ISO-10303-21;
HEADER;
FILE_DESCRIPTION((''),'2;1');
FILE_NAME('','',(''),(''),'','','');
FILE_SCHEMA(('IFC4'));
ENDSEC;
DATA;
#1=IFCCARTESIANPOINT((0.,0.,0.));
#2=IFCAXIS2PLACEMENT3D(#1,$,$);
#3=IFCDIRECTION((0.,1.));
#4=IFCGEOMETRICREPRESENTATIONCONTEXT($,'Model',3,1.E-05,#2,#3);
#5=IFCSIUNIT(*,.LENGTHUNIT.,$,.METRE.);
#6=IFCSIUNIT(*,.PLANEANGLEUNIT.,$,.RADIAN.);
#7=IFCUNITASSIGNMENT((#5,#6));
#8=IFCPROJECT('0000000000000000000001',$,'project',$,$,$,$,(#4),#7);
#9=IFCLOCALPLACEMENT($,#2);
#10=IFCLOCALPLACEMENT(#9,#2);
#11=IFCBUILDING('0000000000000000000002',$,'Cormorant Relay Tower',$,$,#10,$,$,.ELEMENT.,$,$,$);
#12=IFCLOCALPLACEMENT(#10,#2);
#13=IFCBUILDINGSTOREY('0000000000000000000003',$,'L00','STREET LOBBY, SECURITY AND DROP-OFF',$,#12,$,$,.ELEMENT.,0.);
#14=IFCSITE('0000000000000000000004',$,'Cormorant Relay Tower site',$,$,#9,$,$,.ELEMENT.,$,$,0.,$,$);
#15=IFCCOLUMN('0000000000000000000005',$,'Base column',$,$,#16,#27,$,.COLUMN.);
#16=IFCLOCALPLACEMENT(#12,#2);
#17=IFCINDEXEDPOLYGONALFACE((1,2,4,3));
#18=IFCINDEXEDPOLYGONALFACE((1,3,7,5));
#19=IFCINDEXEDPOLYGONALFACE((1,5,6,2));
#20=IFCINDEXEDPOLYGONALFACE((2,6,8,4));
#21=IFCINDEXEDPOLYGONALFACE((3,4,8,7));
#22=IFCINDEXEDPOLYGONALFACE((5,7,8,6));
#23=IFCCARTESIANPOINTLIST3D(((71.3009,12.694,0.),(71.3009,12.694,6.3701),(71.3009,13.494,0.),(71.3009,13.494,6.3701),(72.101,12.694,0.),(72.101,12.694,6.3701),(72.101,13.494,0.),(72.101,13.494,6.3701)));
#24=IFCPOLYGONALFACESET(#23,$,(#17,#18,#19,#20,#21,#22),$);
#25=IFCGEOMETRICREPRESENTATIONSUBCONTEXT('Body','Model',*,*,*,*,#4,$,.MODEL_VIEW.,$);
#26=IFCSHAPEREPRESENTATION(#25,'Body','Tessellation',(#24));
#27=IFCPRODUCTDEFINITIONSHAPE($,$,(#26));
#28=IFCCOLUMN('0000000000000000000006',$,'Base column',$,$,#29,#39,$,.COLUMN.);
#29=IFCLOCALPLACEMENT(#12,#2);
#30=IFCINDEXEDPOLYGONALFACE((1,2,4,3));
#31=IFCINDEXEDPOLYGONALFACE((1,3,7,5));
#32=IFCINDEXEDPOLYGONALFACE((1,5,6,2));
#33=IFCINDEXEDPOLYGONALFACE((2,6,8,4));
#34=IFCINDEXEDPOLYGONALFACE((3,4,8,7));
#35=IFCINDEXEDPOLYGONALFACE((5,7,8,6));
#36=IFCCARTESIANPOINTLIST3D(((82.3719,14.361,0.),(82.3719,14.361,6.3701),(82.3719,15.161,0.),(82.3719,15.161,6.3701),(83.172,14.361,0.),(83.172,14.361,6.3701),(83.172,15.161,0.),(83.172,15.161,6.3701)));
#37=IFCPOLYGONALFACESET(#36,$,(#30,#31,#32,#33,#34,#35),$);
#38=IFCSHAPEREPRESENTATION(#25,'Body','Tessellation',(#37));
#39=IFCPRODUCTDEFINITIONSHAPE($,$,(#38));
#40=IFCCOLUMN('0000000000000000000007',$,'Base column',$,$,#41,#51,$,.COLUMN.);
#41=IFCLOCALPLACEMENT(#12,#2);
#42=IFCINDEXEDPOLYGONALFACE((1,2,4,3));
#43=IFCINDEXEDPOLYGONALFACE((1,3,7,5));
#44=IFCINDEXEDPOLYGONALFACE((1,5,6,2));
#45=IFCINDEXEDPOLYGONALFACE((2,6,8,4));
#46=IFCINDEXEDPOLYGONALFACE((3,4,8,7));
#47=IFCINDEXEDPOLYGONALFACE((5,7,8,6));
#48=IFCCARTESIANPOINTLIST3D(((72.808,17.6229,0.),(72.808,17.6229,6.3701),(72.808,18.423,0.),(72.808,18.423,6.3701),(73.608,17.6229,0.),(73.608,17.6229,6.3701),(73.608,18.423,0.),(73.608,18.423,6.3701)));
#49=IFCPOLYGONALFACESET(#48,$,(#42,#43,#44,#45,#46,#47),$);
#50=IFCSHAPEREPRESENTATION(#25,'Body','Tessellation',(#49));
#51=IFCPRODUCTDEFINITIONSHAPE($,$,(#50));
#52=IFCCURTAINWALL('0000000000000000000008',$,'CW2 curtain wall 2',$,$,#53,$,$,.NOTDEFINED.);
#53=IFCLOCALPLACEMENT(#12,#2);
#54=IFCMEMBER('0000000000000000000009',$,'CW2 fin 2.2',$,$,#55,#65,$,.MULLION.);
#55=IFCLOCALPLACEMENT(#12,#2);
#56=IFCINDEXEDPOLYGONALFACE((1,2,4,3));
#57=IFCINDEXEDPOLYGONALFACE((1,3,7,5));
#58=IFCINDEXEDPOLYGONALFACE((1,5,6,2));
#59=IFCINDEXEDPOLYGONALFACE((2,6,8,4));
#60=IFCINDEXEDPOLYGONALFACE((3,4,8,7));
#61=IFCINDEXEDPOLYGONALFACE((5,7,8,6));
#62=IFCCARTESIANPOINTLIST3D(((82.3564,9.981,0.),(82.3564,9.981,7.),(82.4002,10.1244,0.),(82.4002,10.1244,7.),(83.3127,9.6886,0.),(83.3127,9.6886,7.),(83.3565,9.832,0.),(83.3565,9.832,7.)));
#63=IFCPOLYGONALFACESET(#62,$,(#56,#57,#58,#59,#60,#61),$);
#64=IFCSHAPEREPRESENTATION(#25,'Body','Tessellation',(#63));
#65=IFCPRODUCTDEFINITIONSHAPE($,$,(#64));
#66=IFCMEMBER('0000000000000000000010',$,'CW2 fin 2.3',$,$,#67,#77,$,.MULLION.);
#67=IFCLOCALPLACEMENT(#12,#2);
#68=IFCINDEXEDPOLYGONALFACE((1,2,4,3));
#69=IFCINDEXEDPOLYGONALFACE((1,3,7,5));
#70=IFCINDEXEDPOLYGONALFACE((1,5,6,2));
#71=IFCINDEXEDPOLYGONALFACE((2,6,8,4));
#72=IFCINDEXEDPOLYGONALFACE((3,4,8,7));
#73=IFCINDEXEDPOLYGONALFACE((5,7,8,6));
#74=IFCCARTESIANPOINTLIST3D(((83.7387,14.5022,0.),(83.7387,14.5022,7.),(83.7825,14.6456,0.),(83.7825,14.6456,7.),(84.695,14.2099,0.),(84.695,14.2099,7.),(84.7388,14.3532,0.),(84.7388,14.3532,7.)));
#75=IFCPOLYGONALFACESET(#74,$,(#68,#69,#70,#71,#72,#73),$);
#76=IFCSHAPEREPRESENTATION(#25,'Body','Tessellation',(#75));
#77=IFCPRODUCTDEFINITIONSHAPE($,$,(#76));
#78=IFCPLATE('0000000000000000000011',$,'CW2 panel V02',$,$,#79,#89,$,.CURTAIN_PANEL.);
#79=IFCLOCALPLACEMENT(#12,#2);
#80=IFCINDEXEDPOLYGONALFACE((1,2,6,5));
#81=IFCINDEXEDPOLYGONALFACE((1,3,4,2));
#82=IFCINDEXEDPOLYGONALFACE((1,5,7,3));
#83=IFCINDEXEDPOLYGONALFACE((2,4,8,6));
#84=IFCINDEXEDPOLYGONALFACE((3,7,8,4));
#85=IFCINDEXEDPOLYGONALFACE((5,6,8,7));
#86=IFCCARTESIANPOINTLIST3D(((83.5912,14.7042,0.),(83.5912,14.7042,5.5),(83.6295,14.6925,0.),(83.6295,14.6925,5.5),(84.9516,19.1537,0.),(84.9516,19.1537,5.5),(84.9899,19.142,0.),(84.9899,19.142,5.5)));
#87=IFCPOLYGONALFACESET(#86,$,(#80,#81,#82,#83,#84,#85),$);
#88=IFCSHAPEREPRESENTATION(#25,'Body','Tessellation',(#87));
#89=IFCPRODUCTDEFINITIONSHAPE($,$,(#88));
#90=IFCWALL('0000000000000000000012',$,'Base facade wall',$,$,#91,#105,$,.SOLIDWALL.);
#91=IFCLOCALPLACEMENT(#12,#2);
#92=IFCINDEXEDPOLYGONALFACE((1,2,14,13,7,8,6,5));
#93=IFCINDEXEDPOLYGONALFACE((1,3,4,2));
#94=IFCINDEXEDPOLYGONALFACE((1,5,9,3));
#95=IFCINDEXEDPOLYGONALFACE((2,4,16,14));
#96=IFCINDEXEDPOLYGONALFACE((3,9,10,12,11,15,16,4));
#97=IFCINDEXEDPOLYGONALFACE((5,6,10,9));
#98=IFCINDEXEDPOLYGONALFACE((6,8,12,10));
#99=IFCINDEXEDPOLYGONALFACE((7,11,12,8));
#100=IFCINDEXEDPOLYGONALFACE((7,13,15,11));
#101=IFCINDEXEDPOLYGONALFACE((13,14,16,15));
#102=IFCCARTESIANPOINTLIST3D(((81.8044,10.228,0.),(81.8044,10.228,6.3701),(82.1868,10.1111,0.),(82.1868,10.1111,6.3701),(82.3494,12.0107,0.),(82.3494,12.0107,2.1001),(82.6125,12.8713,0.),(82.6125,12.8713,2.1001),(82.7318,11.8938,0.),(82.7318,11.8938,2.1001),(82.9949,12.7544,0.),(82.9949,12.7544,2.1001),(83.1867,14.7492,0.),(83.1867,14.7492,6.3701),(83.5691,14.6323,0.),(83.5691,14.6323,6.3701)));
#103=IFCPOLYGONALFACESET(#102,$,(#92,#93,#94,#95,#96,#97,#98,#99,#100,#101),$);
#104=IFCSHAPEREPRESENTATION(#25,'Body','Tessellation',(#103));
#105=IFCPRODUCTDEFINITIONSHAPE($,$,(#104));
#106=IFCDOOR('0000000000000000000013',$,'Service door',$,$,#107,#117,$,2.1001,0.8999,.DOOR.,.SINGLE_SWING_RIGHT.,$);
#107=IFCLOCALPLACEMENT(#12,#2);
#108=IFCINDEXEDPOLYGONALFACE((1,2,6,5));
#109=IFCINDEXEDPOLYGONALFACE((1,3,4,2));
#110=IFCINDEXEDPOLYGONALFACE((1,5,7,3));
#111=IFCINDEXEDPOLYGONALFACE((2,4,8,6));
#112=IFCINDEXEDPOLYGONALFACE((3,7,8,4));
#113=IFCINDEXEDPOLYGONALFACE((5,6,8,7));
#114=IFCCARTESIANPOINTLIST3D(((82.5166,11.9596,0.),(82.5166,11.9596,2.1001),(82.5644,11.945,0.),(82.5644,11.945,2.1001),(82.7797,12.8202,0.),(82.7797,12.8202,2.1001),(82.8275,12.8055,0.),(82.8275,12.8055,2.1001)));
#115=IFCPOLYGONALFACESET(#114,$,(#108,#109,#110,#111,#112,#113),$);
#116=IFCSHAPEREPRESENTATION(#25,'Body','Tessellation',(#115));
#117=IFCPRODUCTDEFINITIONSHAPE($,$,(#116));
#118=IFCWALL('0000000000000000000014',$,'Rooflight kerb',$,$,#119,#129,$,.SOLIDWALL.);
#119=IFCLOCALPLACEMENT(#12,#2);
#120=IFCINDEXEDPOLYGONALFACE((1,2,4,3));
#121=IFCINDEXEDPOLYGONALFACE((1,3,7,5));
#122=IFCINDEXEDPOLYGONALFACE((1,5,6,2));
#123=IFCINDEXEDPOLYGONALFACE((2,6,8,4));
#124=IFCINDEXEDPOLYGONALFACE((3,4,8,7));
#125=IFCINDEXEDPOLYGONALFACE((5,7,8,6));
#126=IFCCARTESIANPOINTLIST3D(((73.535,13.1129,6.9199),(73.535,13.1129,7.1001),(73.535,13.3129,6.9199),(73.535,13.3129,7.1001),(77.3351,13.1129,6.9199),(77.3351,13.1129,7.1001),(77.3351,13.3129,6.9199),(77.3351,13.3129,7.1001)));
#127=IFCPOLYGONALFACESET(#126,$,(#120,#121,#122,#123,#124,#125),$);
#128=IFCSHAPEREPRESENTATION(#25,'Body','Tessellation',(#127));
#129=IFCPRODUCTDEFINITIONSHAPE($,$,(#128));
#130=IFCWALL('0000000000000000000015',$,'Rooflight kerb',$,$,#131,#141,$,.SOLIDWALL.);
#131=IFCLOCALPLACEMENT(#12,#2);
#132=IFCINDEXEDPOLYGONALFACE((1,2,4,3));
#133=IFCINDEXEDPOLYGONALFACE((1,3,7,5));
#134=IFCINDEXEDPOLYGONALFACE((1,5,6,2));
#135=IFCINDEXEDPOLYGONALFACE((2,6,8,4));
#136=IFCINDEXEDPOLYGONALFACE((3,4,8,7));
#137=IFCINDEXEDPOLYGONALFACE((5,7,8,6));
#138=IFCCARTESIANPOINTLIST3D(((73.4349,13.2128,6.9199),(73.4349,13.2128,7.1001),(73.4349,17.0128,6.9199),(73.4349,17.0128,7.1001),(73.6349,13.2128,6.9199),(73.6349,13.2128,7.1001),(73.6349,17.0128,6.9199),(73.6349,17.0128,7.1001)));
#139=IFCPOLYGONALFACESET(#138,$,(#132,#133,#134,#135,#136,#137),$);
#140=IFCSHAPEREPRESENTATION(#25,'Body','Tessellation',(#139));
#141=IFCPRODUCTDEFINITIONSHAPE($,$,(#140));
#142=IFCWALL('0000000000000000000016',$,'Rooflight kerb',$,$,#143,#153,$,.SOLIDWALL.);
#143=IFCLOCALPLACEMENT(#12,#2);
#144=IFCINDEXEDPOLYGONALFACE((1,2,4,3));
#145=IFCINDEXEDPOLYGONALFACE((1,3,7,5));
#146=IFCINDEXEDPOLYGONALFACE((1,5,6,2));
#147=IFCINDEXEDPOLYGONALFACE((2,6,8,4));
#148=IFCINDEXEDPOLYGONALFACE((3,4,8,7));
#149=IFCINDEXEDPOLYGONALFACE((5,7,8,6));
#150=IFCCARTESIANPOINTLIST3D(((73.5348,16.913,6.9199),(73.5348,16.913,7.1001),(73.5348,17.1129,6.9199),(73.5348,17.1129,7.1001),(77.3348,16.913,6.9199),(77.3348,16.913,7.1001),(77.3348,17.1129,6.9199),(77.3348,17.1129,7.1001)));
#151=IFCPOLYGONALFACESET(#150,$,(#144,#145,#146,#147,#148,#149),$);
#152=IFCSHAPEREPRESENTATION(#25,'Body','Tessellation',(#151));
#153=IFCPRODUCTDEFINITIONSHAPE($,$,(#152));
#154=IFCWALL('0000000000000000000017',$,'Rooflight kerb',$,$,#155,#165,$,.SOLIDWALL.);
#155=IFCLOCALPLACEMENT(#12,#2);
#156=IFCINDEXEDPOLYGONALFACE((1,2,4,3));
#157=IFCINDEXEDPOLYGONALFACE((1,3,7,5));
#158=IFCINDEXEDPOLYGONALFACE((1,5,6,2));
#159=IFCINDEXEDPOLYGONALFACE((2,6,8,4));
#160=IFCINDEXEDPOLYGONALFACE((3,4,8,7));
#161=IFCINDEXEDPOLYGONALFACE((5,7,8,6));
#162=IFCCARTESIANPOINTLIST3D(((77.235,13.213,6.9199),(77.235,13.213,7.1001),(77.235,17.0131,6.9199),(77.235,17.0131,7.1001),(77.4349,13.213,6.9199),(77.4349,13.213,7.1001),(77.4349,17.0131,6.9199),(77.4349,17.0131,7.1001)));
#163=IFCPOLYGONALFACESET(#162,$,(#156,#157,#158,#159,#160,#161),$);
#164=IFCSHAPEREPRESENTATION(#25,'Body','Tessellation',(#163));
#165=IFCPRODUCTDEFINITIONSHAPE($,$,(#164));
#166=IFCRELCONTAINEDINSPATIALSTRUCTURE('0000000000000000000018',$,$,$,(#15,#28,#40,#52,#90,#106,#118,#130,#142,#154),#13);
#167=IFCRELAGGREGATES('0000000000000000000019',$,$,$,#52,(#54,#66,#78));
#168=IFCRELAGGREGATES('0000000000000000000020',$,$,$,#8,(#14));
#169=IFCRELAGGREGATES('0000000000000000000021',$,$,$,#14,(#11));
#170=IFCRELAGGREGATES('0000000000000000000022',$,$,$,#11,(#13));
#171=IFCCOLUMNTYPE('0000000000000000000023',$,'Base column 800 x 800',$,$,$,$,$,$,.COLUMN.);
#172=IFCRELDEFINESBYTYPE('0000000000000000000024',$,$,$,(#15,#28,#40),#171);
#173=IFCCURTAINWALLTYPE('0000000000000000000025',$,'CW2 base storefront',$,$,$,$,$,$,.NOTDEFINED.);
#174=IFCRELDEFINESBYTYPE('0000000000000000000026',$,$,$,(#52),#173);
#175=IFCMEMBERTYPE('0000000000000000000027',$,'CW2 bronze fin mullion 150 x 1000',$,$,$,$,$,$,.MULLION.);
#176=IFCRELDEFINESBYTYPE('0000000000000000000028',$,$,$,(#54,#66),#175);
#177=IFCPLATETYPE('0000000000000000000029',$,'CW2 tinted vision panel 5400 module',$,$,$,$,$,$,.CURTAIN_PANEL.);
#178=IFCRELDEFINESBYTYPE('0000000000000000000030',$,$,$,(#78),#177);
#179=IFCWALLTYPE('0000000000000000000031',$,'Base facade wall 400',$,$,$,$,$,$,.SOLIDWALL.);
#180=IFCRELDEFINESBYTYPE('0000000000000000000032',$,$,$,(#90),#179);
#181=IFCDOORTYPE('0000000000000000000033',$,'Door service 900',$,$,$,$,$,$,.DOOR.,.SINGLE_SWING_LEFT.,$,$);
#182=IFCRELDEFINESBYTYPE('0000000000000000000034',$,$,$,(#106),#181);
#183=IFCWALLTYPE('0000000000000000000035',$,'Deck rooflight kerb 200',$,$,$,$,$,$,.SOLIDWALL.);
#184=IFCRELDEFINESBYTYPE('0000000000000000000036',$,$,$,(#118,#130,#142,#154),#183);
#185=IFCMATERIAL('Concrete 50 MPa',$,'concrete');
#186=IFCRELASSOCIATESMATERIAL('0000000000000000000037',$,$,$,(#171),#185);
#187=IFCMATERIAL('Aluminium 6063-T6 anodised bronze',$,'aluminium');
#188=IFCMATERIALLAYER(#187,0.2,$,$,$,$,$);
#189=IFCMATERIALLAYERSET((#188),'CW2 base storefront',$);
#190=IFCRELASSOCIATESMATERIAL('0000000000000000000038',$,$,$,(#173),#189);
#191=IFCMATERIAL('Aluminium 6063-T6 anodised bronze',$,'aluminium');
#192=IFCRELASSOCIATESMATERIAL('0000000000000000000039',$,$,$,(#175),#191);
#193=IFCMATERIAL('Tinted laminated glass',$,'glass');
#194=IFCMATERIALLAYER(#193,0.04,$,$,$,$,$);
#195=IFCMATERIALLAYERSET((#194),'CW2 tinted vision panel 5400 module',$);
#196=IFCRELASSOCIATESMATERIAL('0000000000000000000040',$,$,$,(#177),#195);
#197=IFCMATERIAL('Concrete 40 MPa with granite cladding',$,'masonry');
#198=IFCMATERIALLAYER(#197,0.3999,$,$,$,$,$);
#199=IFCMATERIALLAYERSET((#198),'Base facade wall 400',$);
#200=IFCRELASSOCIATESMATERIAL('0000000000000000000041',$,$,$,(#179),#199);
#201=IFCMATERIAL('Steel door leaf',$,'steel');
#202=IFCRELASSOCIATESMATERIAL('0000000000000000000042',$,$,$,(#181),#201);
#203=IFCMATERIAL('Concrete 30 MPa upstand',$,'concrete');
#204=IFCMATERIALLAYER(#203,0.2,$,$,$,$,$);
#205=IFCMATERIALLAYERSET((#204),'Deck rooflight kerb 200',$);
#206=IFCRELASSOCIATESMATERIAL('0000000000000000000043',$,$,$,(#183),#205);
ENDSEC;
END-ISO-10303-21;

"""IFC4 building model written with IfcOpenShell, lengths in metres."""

from ifc_helpers import new_model, si_unit, direction, frame, frame_2d, origin, origin_2d, place, context, subcontext, project, spatial, rectangle, extrude, material, layer, layer_set, material_profile, profile_set, type_object, element, fill, aggregate, save


model = new_model("IFC4")

# Units and contexts
model_context = context("Model", 3, precision=1e-05, world=origin(), true_north=direction((0.0, 1.0)))
body_context = subcontext(model_context, "Body", "Model", "MODEL_VIEW")
ifc_project = project(units=[si_unit("LENGTHUNIT", "METRE"), si_unit("PLANEANGLEUNIT", "RADIAN")], contexts=[model_context])

# Site, building, storey
site_placement = place(None, origin())
site = spatial("IfcSite", under=ifc_project, at=site_placement, Name="Cormorant Relay Tower site", CompositionType="ELEMENT", RefElevation=0.0)
building_placement = place(site_placement, origin())
building = spatial("IfcBuilding", under=site, at=building_placement, Name="Cormorant Relay Tower", CompositionType="ELEMENT")
storey_placement = place(building_placement, origin())
storey = spatial("IfcBuildingStorey", under=building, at=storey_placement, Name="L00", Description="STREET LOBBY, SECURITY AND DROP-OFF", CompositionType="ELEMENT", Elevation=0.0)

# Columns
ifc_material_1 = material(Name="Concrete 50 MPa", Category="concrete")
ifc_material_profile_1 = material_profile(ifc_material_1, rectangle(XDim=0.8, YDim=0.8, at=origin_2d()), Name="RC 800x800")
ifc_profile_set_1 = profile_set([ifc_material_profile_1], Name="Concrete 50 MPa")
column_type = type_object("IfcColumnType", Name="Base column 800 x 800", PredefinedType="COLUMN", material=ifc_profile_set_1)
for number, where, z_axis, x_axis, name in (
    (1, (71.7009, 13.094, 0.0), (0.0, 0.0, 1.0), (1.0, 0.0, 0.0), "Base column"),
    (2, (82.772, 14.761, 0.0), (0.0, 0.0, 1.0), (1.0, 0.0, 0.0), "Base column"),
    (3, (73.208, 18.0229, 0.0), (0.0, 0.0, 1.0), (1.0, 0.0, 0.0), "Base column"),
):
    element("IfcColumn", number, at=place(storey_placement, frame(where, z_axis=z_axis, x_axis=x_axis)), inside=storey, type_object=column_type, Name=name, PredefinedType="COLUMN", context=body_context, shape_type="SweptSolid", body=[
        extrude(rectangle(XDim=0.8, YDim=0.8, at=origin_2d()), origin(), (0.0, 0.0, 1.0), 6.3701),
    ])

# Curtain wall, members, plate
ifc_material_2 = material(Name="Aluminium 6063-T6 anodised bronze", Category="aluminium")
ifc_layer_1 = layer(ifc_material_2, 0.2)
ifc_layer_set_1 = layer_set([ifc_layer_1], Name="CW2 base storefront")
curtain_wall_type = type_object("IfcCurtainWallType", Name="CW2 base storefront", PredefinedType="NOTDEFINED", material=ifc_layer_set_1)
curtain_wall_placement = place(storey_placement, origin())
curtain_wall = element("IfcCurtainWall", 4, at=curtain_wall_placement, inside=storey, type_object=curtain_wall_type, Name="CW2 curtain wall 2", PredefinedType="NOTDEFINED")
ifc_material_3 = material(Name="Aluminium 6063-T6 anodised bronze", Category="aluminium")
ifc_material_profile_2 = material_profile(ifc_material_3, rectangle(XDim=0.1499, YDim=1.0, at=origin_2d()), Name="AL 150x1000")
ifc_profile_set_2 = profile_set([ifc_material_profile_2], Name="Aluminium 6063-T6 anodised bronze")
member_type = type_object("IfcMemberType", Name="CW2 bronze fin mullion 150 x 1000", PredefinedType="MULLION", material=ifc_profile_set_2)
member_1_placement = place(storey_placement, frame((82.8564, 9.9065, 0.0), z_axis=(0.0, 0.0, 1.0), x_axis=(0.292372, 0.956305, 0.0)))
member_1 = element("IfcMember", 5, at=member_1_placement, type_object=member_type, Name="CW2 fin 2.2", PredefinedType="MULLION", context=body_context, shape_type="SweptSolid", body=[
    extrude(rectangle(XDim=0.1499, YDim=1.0, at=origin_2d()), origin(), (0.0, 0.0, 1.0), 7.0),
])
member_2_placement = place(storey_placement, frame((84.2388, 14.4277, 0.0), z_axis=(0.0, 0.0, 1.0), x_axis=(0.292372, 0.956305, 0.0)))
member_2 = element("IfcMember", 6, at=member_2_placement, type_object=member_type, Name="CW2 fin 2.3", PredefinedType="MULLION", context=body_context, shape_type="SweptSolid", body=[
    extrude(rectangle(XDim=0.1499, YDim=1.0, at=origin_2d()), origin(), (0.0, 0.0, 1.0), 7.0),
])
ifc_material_4 = material(Name="Tinted laminated glass", Category="glass")
ifc_layer_2 = layer(ifc_material_4, 0.04)
ifc_layer_set_2 = layer_set([ifc_layer_2], Name="CW2 tinted vision panel 5400 module")
plate_type = type_object("IfcPlateType", Name="CW2 tinted vision panel 5400 module", PredefinedType="CURTAIN_PANEL", material=ifc_layer_set_2)
plate_placement = place(storey_placement, frame((84.2905, 16.9231, 0.0), z_axis=(0.0, 0.0, 1.0), x_axis=(0.292372, 0.956305, 0.0)))
plate = element("IfcPlate", 7, at=plate_placement, type_object=plate_type, Name="CW2 panel V02", PredefinedType="CURTAIN_PANEL", context=body_context, shape_type="SweptSolid", body=[
    extrude(rectangle(XDim=4.6528, YDim=0.04, at=origin_2d()), origin(), (0.0, 0.0, 1.0), 5.5),
])
aggregate(curtain_wall, [member_1, member_2, plate])

# Wall, opening, door
ifc_material_5 = material(Name="Concrete 40 MPa with granite cladding", Category="masonry")
ifc_layer_3 = layer(ifc_material_5, 0.3999)
ifc_layer_set_3 = layer_set([ifc_layer_3], Name="Base facade wall 400")
wall_type_1 = type_object("IfcWallType", Name="Base facade wall 400", PredefinedType="SOLIDWALL", material=ifc_layer_set_3)
wall_1_placement = place(storey_placement, frame((81.9956, 10.1697, 0.0), z_axis=(0.0, 0.0, 1.0), x_axis=(0.29238, 0.956302, 0.0)))
wall_1 = element("IfcWall", 8, at=wall_1_placement, inside=storey, type_object=wall_type_1, Name="Base facade wall", PredefinedType="SOLIDWALL", context=body_context, shape_type="SweptSolid", body=[
    extrude(rectangle(XDim=4.7278, YDim=0.3999, at=frame_2d((2.3638, 0.0))), origin(), (0.0, 0.0, 1.0), 6.3701),
])
opening_1_placement = place(wall_1_placement, frame((1.864, 0.0, 0.0)))
opening_1 = element("IfcOpeningElement", 9, at=opening_1_placement, cuts=wall_1, PredefinedType="OPENING", context=body_context, shape_type="SweptSolid", body=[
    extrude(rectangle(XDim=0.8999, YDim=2.1001, at=frame_2d((0.45, 1.05))), frame((0.0, 0.21, 0.0), z_axis=(0.0, -1.0, 0.0), x_axis=(1.0, 0.0, 0.0)), (0.0, 0.0, 1.0), 0.4199),
])
ifc_material_6 = material(Name="Steel door leaf", Category="steel")
door_type_1 = type_object("IfcDoorType", Name="Door service 900", OperationType="SINGLE_SWING_LEFT", PredefinedType="DOOR", material=ifc_material_6)
door_1_placement = place(opening_1_placement, frame((0.8999, 0.0, 0.0), z_axis=(0.0, 0.0, 1.0), x_axis=(-1.0, 0.0, 0.0)))
door_1 = element("IfcDoor", 10, at=door_1_placement, inside=storey, type_object=door_type_1, Name="Service door", OperationType="SINGLE_SWING_RIGHT", OverallHeight=2.1001, OverallWidth=0.8999, PredefinedType="DOOR", context=body_context, shape_type="SweptSolid", body=[
    extrude(rectangle(XDim=0.8999, YDim=2.1001, at=frame_2d((0.45, 1.05))), frame((0.0, 0.0249, 0.0), z_axis=(0.0, -1.0, 0.0), x_axis=(1.0, 0.0, 0.0)), (0.0, 0.0, 1.0), 0.05),
])
fill(opening_1, door_1)

# Walls
ifc_material_7 = material(Name="Concrete 30 MPa upstand", Category="concrete")
ifc_layer_4 = layer(ifc_material_7, 0.2)
ifc_layer_set_4 = layer_set([ifc_layer_4], Name="Deck rooflight kerb 200")
wall_type_2 = type_object("IfcWallType", Name="Deck rooflight kerb 200", PredefinedType="SOLIDWALL", material=ifc_layer_set_4)
for number, where, z_axis, x_axis, name in (
    (11, (77.335, 13.2129, 6.9199), (0.0, 0.0, 1.0), (-1.0, 0.0, 0.0), "Rooflight kerb"),
    (12, (73.5349, 13.2129, 6.9199), (0.0, 0.0, 1.0), (0.0, 1.0, 0.0), "Rooflight kerb"),
    (13, (73.5349, 17.0129, 6.9199), (0.0, 0.0, 1.0), (1.0, 0.0, 0.0), "Rooflight kerb"),
    (14, (77.335, 17.0129, 6.9199), (0.0, 0.0, 1.0), (0.0, -1.0, 0.0), "Rooflight kerb"),
):
    element("IfcWall", number, at=place(storey_placement, frame(where, z_axis=z_axis, x_axis=x_axis)), inside=storey, type_object=wall_type_2, Name=name, PredefinedType="SOLIDWALL", context=body_context, shape_type="SweptSolid", body=[
        extrude(rectangle(XDim=3.8, YDim=0.2, at=frame_2d((1.8999, 0.0))), origin(), (0.0, 0.0, 1.0), 0.1802),
    ])

save(model, "model.ifc")
